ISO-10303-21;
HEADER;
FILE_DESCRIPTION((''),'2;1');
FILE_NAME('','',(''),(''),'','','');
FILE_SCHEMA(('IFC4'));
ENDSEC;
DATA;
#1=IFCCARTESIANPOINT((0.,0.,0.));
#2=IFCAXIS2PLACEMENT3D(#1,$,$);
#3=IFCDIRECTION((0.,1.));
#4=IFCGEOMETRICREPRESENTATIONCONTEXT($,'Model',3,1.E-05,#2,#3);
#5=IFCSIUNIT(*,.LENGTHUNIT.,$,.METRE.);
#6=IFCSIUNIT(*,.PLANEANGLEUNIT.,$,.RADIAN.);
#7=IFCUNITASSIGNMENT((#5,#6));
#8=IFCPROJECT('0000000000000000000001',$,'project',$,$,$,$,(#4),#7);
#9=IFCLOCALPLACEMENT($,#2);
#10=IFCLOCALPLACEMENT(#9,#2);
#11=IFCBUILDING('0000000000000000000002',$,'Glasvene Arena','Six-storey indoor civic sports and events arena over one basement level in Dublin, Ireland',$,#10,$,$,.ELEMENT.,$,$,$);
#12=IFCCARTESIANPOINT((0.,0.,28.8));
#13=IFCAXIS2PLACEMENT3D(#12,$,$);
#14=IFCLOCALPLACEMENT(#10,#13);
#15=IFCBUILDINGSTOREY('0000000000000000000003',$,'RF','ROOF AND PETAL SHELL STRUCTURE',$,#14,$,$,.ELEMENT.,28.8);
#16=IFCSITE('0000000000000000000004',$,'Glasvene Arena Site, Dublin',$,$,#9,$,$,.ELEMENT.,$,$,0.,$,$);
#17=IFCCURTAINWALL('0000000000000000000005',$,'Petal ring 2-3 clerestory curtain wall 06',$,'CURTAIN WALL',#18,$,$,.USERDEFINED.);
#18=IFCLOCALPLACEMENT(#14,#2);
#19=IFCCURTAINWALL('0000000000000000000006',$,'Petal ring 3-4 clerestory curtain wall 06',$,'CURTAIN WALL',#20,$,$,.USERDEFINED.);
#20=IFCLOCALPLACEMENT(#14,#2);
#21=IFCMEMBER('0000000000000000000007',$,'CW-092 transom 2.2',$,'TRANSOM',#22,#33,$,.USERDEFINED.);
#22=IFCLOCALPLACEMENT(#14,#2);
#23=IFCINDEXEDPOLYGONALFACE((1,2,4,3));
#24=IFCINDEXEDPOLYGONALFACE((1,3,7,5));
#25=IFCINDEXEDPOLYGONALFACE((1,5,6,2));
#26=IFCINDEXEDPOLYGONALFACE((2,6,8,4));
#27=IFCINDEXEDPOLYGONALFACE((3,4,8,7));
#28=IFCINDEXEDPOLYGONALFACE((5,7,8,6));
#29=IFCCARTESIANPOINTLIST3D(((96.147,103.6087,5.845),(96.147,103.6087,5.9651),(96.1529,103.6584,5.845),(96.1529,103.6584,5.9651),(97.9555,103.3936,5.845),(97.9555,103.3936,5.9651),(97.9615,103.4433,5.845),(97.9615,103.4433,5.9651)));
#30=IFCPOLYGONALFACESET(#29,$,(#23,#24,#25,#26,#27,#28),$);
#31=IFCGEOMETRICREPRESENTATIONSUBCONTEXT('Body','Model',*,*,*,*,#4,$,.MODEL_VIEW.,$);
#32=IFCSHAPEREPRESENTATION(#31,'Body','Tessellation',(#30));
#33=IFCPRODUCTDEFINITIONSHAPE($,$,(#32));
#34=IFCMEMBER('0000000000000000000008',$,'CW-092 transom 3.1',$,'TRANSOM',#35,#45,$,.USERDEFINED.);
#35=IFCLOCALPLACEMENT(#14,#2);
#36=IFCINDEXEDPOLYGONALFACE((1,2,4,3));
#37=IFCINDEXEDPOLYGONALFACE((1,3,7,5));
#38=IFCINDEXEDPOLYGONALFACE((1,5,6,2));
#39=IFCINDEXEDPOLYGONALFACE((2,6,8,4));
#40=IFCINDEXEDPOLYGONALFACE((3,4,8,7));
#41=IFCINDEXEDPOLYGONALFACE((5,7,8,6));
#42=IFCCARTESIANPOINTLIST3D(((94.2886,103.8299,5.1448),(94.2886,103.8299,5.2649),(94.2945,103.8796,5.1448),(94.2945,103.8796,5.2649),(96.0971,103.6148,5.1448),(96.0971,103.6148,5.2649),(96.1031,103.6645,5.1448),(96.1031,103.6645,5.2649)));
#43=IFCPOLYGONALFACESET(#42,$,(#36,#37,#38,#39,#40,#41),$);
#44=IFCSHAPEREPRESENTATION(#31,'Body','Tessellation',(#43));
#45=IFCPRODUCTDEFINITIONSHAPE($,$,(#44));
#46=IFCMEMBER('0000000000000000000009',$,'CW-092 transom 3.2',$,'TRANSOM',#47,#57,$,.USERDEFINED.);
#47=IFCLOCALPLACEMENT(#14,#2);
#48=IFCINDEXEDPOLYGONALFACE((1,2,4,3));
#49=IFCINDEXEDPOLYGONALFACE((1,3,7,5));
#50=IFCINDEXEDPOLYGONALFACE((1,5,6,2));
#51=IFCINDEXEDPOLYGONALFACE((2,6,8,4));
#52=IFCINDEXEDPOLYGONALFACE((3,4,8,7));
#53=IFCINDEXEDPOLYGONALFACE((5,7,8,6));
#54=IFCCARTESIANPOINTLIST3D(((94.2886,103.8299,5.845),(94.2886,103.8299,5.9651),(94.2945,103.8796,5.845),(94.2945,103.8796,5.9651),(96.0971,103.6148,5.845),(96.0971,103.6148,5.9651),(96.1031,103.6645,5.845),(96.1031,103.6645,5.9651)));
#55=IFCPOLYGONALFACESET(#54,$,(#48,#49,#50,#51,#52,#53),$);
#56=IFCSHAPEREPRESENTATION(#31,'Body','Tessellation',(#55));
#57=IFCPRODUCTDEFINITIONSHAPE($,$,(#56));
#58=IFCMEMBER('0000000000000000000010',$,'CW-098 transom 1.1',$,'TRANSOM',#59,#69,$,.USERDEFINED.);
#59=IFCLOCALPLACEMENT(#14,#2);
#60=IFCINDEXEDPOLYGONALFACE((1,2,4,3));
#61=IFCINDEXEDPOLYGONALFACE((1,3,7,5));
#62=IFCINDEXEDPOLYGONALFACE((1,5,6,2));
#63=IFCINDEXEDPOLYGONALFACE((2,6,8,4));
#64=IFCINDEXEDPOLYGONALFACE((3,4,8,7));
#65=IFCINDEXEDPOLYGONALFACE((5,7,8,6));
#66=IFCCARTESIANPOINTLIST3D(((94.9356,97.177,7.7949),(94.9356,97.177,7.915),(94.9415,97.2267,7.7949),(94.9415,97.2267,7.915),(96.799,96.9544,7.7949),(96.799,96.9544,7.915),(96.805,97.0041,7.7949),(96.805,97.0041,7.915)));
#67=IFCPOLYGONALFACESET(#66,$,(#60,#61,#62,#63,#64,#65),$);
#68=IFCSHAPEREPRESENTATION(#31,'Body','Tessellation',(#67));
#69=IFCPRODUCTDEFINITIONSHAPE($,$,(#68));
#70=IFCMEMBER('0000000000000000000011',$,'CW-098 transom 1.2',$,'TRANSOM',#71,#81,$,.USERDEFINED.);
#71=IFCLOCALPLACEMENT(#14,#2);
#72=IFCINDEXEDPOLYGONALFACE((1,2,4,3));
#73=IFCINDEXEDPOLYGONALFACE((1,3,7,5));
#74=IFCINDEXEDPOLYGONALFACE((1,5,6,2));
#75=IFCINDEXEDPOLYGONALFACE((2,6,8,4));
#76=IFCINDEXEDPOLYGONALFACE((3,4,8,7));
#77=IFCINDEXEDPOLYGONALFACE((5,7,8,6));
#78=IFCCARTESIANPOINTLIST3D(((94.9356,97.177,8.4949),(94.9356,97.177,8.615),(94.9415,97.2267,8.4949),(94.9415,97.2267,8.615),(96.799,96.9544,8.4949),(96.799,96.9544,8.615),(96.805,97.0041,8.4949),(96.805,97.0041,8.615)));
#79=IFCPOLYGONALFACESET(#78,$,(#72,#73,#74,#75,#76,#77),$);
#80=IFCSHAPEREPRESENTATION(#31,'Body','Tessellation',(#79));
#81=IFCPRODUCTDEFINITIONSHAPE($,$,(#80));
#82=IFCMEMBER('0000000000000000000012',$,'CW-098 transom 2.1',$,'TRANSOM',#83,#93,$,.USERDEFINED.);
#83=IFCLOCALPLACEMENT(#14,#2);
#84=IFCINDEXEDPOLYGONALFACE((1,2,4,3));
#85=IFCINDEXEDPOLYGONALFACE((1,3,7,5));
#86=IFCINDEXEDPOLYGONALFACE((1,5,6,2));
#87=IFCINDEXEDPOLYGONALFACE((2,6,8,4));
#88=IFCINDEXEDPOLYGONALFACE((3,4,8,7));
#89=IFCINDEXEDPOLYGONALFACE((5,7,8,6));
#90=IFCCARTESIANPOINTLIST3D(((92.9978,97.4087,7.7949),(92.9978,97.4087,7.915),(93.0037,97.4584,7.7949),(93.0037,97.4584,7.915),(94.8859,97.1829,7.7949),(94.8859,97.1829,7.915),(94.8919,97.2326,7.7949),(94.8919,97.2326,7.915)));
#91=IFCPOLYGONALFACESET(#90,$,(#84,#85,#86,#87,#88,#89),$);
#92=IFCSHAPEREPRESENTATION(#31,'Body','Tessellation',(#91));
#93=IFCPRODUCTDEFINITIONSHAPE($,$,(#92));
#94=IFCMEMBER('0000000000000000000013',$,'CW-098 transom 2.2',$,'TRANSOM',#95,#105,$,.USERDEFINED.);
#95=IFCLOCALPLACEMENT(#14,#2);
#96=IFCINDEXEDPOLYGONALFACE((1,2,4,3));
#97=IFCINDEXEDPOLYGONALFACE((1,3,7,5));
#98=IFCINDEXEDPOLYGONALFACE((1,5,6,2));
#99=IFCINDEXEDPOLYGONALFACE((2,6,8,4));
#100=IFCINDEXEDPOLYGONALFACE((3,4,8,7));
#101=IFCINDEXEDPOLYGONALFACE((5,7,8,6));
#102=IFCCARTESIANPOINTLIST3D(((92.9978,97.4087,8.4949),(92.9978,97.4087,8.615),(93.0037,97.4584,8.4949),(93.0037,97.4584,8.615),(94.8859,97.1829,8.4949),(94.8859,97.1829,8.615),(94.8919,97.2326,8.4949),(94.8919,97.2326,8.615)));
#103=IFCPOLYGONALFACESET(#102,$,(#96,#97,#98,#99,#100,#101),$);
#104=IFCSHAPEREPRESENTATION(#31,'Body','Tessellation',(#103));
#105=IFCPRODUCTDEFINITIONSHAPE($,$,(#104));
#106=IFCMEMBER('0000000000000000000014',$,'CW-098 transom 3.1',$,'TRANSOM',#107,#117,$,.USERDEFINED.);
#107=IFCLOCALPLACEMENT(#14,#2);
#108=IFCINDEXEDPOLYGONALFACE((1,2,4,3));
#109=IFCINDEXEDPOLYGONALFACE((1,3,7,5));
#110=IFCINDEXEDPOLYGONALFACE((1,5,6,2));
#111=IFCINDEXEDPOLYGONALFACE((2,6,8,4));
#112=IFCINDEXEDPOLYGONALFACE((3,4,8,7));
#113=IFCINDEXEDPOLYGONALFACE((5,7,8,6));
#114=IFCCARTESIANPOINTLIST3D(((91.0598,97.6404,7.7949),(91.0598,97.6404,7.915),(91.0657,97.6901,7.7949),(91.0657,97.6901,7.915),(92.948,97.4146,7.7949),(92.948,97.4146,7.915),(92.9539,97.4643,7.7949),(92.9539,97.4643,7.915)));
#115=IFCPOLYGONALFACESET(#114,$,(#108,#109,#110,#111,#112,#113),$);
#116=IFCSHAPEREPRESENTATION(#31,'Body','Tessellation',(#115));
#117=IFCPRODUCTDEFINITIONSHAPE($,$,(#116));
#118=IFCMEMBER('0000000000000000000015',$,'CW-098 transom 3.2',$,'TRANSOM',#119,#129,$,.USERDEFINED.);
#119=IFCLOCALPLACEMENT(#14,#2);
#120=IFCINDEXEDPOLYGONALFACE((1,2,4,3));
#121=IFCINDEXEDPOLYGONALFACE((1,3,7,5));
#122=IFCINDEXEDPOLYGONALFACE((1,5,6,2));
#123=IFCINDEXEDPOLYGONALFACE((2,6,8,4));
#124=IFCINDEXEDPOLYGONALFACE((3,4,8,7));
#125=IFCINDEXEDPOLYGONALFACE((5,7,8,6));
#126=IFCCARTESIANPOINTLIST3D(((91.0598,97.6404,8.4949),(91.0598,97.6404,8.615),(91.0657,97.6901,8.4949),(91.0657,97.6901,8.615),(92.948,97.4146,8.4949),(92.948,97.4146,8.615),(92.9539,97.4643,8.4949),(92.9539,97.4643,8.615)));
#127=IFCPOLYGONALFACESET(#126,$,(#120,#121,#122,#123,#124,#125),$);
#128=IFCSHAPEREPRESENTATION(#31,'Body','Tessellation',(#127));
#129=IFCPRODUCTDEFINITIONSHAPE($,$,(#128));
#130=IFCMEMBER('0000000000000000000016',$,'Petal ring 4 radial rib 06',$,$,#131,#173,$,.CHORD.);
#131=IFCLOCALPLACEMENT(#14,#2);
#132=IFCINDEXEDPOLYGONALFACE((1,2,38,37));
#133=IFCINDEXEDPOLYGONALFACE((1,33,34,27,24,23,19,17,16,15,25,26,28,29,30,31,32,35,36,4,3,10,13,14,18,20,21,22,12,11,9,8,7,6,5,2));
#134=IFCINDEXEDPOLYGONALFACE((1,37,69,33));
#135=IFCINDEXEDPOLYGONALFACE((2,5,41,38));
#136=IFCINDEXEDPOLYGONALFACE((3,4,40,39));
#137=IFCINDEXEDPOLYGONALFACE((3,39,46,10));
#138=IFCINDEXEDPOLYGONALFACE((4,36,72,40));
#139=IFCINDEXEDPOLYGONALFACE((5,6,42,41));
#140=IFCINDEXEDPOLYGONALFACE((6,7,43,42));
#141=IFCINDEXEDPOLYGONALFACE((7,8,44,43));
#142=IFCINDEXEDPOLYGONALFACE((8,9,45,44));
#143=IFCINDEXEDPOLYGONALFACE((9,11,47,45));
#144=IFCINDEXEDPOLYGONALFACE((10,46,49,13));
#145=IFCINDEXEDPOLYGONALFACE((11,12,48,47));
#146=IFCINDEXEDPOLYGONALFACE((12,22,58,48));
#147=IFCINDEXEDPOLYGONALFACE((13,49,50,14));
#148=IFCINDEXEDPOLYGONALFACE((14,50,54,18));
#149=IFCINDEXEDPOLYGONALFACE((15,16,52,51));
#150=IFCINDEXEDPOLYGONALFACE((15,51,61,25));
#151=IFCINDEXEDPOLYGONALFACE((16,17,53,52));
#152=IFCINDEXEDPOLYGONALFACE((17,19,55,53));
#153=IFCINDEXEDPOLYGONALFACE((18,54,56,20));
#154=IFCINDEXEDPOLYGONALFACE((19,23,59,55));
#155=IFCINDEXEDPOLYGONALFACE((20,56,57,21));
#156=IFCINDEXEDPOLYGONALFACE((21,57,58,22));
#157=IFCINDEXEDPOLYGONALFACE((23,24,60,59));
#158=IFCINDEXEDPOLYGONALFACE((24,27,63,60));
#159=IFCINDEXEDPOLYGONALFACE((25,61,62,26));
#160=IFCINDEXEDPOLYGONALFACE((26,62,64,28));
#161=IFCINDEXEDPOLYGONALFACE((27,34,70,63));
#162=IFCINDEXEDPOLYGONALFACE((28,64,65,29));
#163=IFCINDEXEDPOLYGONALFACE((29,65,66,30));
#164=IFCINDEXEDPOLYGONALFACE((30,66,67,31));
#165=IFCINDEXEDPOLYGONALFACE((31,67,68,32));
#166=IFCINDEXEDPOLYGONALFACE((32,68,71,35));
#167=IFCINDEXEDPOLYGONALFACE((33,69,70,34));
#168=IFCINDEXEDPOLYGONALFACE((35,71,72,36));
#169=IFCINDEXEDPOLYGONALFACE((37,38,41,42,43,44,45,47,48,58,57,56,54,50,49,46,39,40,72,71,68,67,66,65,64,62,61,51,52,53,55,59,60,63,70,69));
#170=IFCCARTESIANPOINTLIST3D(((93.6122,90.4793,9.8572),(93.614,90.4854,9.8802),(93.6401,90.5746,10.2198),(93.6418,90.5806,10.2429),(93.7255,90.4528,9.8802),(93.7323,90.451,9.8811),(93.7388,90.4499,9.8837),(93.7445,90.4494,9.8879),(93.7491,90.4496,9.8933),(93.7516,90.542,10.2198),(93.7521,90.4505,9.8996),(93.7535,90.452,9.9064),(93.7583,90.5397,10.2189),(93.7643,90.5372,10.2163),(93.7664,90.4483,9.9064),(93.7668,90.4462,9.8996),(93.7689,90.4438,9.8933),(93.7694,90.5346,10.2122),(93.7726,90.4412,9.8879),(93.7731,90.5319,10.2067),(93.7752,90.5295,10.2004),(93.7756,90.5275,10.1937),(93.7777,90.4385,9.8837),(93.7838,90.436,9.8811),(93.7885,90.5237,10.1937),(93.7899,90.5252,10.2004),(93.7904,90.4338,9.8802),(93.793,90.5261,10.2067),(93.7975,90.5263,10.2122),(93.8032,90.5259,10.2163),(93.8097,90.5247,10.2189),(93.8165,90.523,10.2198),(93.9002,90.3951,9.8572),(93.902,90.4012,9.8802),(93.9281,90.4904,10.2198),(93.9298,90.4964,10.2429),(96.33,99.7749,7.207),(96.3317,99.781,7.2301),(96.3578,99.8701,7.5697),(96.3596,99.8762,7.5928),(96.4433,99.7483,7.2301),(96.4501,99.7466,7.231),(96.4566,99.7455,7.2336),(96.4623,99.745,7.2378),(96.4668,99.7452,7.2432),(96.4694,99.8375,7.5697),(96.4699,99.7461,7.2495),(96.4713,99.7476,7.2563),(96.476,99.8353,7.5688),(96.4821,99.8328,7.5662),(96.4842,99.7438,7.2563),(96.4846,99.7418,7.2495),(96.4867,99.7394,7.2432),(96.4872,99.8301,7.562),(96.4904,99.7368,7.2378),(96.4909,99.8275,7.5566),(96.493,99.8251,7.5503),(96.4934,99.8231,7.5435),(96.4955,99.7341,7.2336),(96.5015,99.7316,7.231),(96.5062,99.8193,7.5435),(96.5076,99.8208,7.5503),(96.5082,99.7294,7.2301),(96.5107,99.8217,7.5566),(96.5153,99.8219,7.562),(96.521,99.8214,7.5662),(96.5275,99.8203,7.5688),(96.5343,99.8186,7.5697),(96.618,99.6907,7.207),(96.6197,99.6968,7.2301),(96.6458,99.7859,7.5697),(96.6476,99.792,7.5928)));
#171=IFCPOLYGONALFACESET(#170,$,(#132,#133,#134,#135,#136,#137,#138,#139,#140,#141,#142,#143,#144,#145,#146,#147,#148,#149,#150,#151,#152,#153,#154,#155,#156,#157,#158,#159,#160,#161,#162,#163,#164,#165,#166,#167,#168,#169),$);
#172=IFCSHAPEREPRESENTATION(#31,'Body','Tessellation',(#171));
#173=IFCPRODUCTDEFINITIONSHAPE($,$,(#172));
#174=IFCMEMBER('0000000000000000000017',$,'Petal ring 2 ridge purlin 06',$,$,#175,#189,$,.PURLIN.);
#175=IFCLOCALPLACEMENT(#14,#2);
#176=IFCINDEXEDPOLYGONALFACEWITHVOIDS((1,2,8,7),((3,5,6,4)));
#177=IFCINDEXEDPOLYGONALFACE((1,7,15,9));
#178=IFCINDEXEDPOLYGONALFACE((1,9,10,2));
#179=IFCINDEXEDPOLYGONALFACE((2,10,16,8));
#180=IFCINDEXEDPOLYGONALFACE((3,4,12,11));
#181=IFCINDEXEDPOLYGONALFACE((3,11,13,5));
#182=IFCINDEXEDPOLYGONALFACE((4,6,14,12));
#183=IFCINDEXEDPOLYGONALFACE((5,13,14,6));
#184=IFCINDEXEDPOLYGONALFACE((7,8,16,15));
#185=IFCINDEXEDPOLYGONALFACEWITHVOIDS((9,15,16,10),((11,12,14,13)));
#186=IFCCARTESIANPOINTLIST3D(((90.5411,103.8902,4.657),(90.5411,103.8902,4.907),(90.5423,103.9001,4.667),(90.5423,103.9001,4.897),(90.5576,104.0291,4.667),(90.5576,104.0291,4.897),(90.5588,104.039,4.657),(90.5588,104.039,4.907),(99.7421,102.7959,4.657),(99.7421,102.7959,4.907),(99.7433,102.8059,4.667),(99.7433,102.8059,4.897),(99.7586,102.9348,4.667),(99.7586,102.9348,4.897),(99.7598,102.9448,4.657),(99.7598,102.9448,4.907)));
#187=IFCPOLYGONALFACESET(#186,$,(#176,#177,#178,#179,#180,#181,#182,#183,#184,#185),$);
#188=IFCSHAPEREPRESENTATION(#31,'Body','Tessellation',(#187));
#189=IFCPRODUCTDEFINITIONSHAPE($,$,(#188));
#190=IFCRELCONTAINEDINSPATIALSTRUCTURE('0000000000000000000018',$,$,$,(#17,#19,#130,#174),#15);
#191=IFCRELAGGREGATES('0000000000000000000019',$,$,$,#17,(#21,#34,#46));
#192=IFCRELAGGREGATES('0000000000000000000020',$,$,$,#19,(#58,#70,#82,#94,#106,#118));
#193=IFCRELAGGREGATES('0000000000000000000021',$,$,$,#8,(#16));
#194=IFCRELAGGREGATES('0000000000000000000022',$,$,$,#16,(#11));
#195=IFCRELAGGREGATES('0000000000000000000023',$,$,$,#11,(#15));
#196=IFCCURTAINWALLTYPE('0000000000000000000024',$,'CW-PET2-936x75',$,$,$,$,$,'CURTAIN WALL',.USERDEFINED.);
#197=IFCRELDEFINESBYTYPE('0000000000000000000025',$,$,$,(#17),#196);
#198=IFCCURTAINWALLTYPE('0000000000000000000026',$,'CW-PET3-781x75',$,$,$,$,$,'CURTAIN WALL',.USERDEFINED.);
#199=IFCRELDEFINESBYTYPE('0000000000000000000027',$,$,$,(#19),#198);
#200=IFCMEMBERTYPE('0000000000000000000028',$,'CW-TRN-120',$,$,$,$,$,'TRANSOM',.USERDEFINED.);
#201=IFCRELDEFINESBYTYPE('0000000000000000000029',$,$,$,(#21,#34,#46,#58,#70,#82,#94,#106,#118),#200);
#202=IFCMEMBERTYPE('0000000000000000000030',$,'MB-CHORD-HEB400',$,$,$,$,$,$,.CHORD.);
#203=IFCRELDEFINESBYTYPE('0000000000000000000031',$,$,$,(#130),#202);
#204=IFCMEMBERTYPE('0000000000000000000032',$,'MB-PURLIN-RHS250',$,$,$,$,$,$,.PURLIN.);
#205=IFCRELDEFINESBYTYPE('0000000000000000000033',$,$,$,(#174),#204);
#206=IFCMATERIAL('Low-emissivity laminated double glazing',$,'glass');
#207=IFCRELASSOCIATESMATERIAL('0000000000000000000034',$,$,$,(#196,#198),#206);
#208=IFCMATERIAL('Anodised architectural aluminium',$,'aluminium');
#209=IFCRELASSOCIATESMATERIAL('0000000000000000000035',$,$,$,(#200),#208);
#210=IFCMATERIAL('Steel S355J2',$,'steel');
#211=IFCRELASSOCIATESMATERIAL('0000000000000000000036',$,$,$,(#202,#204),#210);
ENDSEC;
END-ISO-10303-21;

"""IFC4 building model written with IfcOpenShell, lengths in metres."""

from ifc_helpers import new_model, si_unit, direction, frame, origin, origin_2d, place, context, subcontext, project, spatial, rectangle, hollow_rectangle, i_section, extrude, material, material_profile, profile_set, type_object, element, aggregate, save


model = new_model("IFC4")

# Units and contexts
model_context = context("Model", 3, precision=1e-05, world=origin(), true_north=direction((0.0, 1.0)))
body_context = subcontext(model_context, "Body", "Model", "MODEL_VIEW")
ifc_project = project(units=[si_unit("LENGTHUNIT", "METRE"), si_unit("PLANEANGLEUNIT", "RADIAN")], contexts=[model_context])

# Site, building, storey
site_placement = place(None, origin())
site = spatial("IfcSite", under=ifc_project, at=site_placement, Name="Glasvene Arena Site, Dublin", CompositionType="ELEMENT", RefElevation=0.0)
building_placement = place(site_placement, origin())
building = spatial("IfcBuilding", under=site, at=building_placement, Name="Glasvene Arena", Description="Six-storey indoor civic sports and events arena over one basement level in Dublin, Ireland", CompositionType="ELEMENT")
storey_placement = place(building_placement, frame((0.0, 0.0, 28.8)))
storey = spatial("IfcBuildingStorey", under=building, at=storey_placement, Name="RF", Description="ROOF AND PETAL SHELL STRUCTURE", CompositionType="ELEMENT", Elevation=28.8)

# Curtain wall
ifc_material_1 = material(Name="Low-emissivity laminated double glazing", Category="glass")
ifc_material_2 = material(Name="Anodised architectural aluminium", Category="aluminium")
curtain_wall_type_1 = type_object("IfcCurtainWallType", Name="CW-PET2-936x75", ElementType="CURTAIN WALL", PredefinedType="USERDEFINED", material=ifc_material_1)
curtain_wall_1_placement = place(storey_placement, frame((99.8416, 103.1943, 0.0)))
curtain_wall_1 = element("IfcCurtainWall", 1, at=curtain_wall_1_placement, inside=storey, type_object=curtain_wall_type_1, Name="Petal ring 2-3 clerestory curtain wall 06", ObjectType="CURTAIN WALL", PredefinedType="USERDEFINED")

# Curtain wall
curtain_wall_type_2 = type_object("IfcCurtainWallType", Name="CW-PET3-781x75", ElementType="CURTAIN WALL", PredefinedType="USERDEFINED", material=ifc_material_1)
curtain_wall_2_placement = place(storey_placement, frame((96.8516, 96.9731, 0.0)))
curtain_wall_2 = element("IfcCurtainWall", 2, at=curtain_wall_2_placement, inside=storey, type_object=curtain_wall_type_2, Name="Petal ring 3-4 clerestory curtain wall 06", ObjectType="CURTAIN WALL", PredefinedType="USERDEFINED")

# Members
ifc_material_profile_1 = material_profile(ifc_material_2, rectangle(XDim=0.05, YDim=0.1201, at=origin_2d()), Name="ALU TRANSOM 50x120")
ifc_profile_set_1 = profile_set([ifc_material_profile_1], Name="Anodised architectural aluminium")
member_type_1 = type_object("IfcMemberType", Name="CW-TRN-120", ElementType="TRANSOM", PredefinedType="USERDEFINED", material=ifc_profile_set_1)
member_1_placement = place(storey_placement, frame((97.9585, 103.4185, 5.905), z_axis=(-0.993003, 0.118093, 0.0), x_axis=(-0.118093, -0.993003, 0.0)))
member_1 = element("IfcMember", 3, at=member_1_placement, type_object=member_type_1, Name="CW-092 transom 2.2", ObjectType="TRANSOM", PredefinedType="USERDEFINED", context=body_context, shape_type="SweptSolid", body=[
    extrude(rectangle(XDim=0.05, YDim=0.1201, at=origin_2d()), origin(), (0.0, 0.0, 1.0), 1.8213),
])
member_2_placement = place(storey_placement, frame((96.1001, 103.6396, 5.2048), z_axis=(-0.993003, 0.118093, 0.0), x_axis=(-0.118093, -0.993003, 0.0)))
member_2 = element("IfcMember", 4, at=member_2_placement, type_object=member_type_1, Name="CW-092 transom 3.1", ObjectType="TRANSOM", PredefinedType="USERDEFINED", context=body_context, shape_type="SweptSolid", body=[
    extrude(rectangle(XDim=0.05, YDim=0.1201, at=origin_2d()), origin(), (0.0, 0.0, 1.0), 1.8213),
])
member_3_placement = place(storey_placement, frame((96.1001, 103.6396, 5.905), z_axis=(-0.993003, 0.118093, 0.0), x_axis=(-0.118093, -0.993003, 0.0)))
member_3 = element("IfcMember", 5, at=member_3_placement, type_object=member_type_1, Name="CW-092 transom 3.2", ObjectType="TRANSOM", PredefinedType="USERDEFINED", context=body_context, shape_type="SweptSolid", body=[
    extrude(rectangle(XDim=0.05, YDim=0.1201, at=origin_2d()), origin(), (0.0, 0.0, 1.0), 1.8213),
])
member_4_placement = place(storey_placement, frame((96.802, 96.9792, 7.855), z_axis=(-0.992938, 0.118637, 0.0), x_axis=(-0.118637, -0.992938, 0.0)))
member_4 = element("IfcMember", 6, at=member_4_placement, type_object=member_type_1, Name="CW-098 transom 1.1", ObjectType="TRANSOM", PredefinedType="USERDEFINED", context=body_context, shape_type="SweptSolid", body=[
    extrude(rectangle(XDim=0.05, YDim=0.1201, at=origin_2d()), origin(), (0.0, 0.0, 1.0), 1.8767),
])
member_5_placement = place(storey_placement, frame((96.802, 96.9792, 8.5549), z_axis=(-0.992938, 0.118637, 0.0), x_axis=(-0.118637, -0.992938, 0.0)))
member_5 = element("IfcMember", 7, at=member_5_placement, type_object=member_type_1, Name="CW-098 transom 1.2", ObjectType="TRANSOM", PredefinedType="USERDEFINED", context=body_context, shape_type="SweptSolid", body=[
    extrude(rectangle(XDim=0.05, YDim=0.1201, at=origin_2d()), origin(), (0.0, 0.0, 1.0), 1.8767),
])
member_6_placement = place(storey_placement, frame((94.8889, 97.2078, 7.855), z_axis=(-0.992924, 0.118755, 0.0), x_axis=(-0.118755, -0.992924, 0.0)))
member_6 = element("IfcMember", 8, at=member_6_placement, type_object=member_type_1, Name="CW-098 transom 2.1", ObjectType="TRANSOM", PredefinedType="USERDEFINED", context=body_context, shape_type="SweptSolid", body=[
    extrude(rectangle(XDim=0.05, YDim=0.1201, at=origin_2d()), origin(), (0.0, 0.0, 1.0), 1.9016),
])
member_7_placement = place(storey_placement, frame((94.8889, 97.2078, 8.5549), z_axis=(-0.992924, 0.118755, 0.0), x_axis=(-0.118755, -0.992924, 0.0)))
member_7 = element("IfcMember", 9, at=member_7_placement, type_object=member_type_1, Name="CW-098 transom 2.2", ObjectType="TRANSOM", PredefinedType="USERDEFINED", context=body_context, shape_type="SweptSolid", body=[
    extrude(rectangle(XDim=0.05, YDim=0.1201, at=origin_2d()), origin(), (0.0, 0.0, 1.0), 1.9016),
])
member_8_placement = place(storey_placement, frame((92.9509, 97.4395, 7.855), z_axis=(-0.992924, 0.118755, 0.0), x_axis=(-0.118755, -0.992924, 0.0)))
member_8 = element("IfcMember", 10, at=member_8_placement, type_object=member_type_1, Name="CW-098 transom 3.1", ObjectType="TRANSOM", PredefinedType="USERDEFINED", context=body_context, shape_type="SweptSolid", body=[
    extrude(rectangle(XDim=0.05, YDim=0.1201, at=origin_2d()), origin(), (0.0, 0.0, 1.0), 1.9016),
])
member_9_placement = place(storey_placement, frame((92.9509, 97.4395, 8.5549), z_axis=(-0.992924, 0.118755, 0.0), x_axis=(-0.118755, -0.992924, 0.0)))
member_9 = element("IfcMember", 11, at=member_9_placement, type_object=member_type_1, Name="CW-098 transom 3.2", ObjectType="TRANSOM", PredefinedType="USERDEFINED", context=body_context, shape_type="SweptSolid", body=[
    extrude(rectangle(XDim=0.05, YDim=0.1201, at=origin_2d()), origin(), (0.0, 0.0, 1.0), 1.9016),
])

# Members
ifc_material_3 = material(Name="Steel S355J2", Category="steel")
ifc_material_profile_2 = material_profile(ifc_material_3, i_section(OverallWidth=0.3, OverallDepth=0.3999, WebThickness=0.0134, FlangeThickness=0.0239, FilletRadius=0.0271, at=origin_2d()), Name="HEB 400")
ifc_profile_set_2 = profile_set([ifc_material_profile_2], Name="Steel S355J2")
member_type_2 = type_object("IfcMemberType", Name="MB-CHORD-HEB400", PredefinedType="CHORD", material=ifc_profile_set_2)
member_10_placement = place(storey_placement, frame((96.4888, 99.7834, 7.3999), z_axis=(-0.270672, -0.925783, 0.263936), x_axis=(0.959818, -0.280622, 0.0)))
element("IfcMember", 12, at=member_10_placement, inside=storey, type_object=member_type_2, Name="Petal ring 4 radial rib 06", PredefinedType="CHORD", context=body_context, shape_type="SweptSolid", body=[
    extrude(i_section(OverallWidth=0.3, OverallDepth=0.3999, WebThickness=0.0134, FlangeThickness=0.0239, FilletRadius=0.0271, at=origin_2d()), origin(), (0.0, 0.0, 1.0), 10.0408),
])
ifc_material_profile_3 = material_profile(ifc_material_3, hollow_rectangle(XDim=0.1499, YDim=0.25, WallThickness=0.01, at=origin_2d()), Name="RHS 250x150x10.0")
ifc_profile_set_3 = profile_set([ifc_material_profile_3], Name="Steel S355J2")
member_type_3 = type_object("IfcMemberType", Name="MB-PURLIN-RHS250", PredefinedType="PURLIN", material=ifc_profile_set_3)
member_11_placement = place(storey_placement, frame((99.751, 102.8704, 4.782), z_axis=(-0.993002, 0.118095, 0.0), x_axis=(-0.118095, -0.993002, 0.0)))
element("IfcMember", 13, at=member_11_placement, inside=storey, type_object=member_type_3, Name="Petal ring 2 ridge purlin 06", PredefinedType="PURLIN", context=body_context, shape_type="SweptSolid", body=[
    extrude(hollow_rectangle(XDim=0.1499, YDim=0.25, WallThickness=0.01, at=origin_2d()), origin(), (0.0, 0.0, 1.0), 9.2659),
])

aggregate(curtain_wall_1, [member_1, member_2, member_3])
aggregate(curtain_wall_2, [member_4, member_5, member_6, member_7, member_8, member_9])

save(model, "model.ifc")
